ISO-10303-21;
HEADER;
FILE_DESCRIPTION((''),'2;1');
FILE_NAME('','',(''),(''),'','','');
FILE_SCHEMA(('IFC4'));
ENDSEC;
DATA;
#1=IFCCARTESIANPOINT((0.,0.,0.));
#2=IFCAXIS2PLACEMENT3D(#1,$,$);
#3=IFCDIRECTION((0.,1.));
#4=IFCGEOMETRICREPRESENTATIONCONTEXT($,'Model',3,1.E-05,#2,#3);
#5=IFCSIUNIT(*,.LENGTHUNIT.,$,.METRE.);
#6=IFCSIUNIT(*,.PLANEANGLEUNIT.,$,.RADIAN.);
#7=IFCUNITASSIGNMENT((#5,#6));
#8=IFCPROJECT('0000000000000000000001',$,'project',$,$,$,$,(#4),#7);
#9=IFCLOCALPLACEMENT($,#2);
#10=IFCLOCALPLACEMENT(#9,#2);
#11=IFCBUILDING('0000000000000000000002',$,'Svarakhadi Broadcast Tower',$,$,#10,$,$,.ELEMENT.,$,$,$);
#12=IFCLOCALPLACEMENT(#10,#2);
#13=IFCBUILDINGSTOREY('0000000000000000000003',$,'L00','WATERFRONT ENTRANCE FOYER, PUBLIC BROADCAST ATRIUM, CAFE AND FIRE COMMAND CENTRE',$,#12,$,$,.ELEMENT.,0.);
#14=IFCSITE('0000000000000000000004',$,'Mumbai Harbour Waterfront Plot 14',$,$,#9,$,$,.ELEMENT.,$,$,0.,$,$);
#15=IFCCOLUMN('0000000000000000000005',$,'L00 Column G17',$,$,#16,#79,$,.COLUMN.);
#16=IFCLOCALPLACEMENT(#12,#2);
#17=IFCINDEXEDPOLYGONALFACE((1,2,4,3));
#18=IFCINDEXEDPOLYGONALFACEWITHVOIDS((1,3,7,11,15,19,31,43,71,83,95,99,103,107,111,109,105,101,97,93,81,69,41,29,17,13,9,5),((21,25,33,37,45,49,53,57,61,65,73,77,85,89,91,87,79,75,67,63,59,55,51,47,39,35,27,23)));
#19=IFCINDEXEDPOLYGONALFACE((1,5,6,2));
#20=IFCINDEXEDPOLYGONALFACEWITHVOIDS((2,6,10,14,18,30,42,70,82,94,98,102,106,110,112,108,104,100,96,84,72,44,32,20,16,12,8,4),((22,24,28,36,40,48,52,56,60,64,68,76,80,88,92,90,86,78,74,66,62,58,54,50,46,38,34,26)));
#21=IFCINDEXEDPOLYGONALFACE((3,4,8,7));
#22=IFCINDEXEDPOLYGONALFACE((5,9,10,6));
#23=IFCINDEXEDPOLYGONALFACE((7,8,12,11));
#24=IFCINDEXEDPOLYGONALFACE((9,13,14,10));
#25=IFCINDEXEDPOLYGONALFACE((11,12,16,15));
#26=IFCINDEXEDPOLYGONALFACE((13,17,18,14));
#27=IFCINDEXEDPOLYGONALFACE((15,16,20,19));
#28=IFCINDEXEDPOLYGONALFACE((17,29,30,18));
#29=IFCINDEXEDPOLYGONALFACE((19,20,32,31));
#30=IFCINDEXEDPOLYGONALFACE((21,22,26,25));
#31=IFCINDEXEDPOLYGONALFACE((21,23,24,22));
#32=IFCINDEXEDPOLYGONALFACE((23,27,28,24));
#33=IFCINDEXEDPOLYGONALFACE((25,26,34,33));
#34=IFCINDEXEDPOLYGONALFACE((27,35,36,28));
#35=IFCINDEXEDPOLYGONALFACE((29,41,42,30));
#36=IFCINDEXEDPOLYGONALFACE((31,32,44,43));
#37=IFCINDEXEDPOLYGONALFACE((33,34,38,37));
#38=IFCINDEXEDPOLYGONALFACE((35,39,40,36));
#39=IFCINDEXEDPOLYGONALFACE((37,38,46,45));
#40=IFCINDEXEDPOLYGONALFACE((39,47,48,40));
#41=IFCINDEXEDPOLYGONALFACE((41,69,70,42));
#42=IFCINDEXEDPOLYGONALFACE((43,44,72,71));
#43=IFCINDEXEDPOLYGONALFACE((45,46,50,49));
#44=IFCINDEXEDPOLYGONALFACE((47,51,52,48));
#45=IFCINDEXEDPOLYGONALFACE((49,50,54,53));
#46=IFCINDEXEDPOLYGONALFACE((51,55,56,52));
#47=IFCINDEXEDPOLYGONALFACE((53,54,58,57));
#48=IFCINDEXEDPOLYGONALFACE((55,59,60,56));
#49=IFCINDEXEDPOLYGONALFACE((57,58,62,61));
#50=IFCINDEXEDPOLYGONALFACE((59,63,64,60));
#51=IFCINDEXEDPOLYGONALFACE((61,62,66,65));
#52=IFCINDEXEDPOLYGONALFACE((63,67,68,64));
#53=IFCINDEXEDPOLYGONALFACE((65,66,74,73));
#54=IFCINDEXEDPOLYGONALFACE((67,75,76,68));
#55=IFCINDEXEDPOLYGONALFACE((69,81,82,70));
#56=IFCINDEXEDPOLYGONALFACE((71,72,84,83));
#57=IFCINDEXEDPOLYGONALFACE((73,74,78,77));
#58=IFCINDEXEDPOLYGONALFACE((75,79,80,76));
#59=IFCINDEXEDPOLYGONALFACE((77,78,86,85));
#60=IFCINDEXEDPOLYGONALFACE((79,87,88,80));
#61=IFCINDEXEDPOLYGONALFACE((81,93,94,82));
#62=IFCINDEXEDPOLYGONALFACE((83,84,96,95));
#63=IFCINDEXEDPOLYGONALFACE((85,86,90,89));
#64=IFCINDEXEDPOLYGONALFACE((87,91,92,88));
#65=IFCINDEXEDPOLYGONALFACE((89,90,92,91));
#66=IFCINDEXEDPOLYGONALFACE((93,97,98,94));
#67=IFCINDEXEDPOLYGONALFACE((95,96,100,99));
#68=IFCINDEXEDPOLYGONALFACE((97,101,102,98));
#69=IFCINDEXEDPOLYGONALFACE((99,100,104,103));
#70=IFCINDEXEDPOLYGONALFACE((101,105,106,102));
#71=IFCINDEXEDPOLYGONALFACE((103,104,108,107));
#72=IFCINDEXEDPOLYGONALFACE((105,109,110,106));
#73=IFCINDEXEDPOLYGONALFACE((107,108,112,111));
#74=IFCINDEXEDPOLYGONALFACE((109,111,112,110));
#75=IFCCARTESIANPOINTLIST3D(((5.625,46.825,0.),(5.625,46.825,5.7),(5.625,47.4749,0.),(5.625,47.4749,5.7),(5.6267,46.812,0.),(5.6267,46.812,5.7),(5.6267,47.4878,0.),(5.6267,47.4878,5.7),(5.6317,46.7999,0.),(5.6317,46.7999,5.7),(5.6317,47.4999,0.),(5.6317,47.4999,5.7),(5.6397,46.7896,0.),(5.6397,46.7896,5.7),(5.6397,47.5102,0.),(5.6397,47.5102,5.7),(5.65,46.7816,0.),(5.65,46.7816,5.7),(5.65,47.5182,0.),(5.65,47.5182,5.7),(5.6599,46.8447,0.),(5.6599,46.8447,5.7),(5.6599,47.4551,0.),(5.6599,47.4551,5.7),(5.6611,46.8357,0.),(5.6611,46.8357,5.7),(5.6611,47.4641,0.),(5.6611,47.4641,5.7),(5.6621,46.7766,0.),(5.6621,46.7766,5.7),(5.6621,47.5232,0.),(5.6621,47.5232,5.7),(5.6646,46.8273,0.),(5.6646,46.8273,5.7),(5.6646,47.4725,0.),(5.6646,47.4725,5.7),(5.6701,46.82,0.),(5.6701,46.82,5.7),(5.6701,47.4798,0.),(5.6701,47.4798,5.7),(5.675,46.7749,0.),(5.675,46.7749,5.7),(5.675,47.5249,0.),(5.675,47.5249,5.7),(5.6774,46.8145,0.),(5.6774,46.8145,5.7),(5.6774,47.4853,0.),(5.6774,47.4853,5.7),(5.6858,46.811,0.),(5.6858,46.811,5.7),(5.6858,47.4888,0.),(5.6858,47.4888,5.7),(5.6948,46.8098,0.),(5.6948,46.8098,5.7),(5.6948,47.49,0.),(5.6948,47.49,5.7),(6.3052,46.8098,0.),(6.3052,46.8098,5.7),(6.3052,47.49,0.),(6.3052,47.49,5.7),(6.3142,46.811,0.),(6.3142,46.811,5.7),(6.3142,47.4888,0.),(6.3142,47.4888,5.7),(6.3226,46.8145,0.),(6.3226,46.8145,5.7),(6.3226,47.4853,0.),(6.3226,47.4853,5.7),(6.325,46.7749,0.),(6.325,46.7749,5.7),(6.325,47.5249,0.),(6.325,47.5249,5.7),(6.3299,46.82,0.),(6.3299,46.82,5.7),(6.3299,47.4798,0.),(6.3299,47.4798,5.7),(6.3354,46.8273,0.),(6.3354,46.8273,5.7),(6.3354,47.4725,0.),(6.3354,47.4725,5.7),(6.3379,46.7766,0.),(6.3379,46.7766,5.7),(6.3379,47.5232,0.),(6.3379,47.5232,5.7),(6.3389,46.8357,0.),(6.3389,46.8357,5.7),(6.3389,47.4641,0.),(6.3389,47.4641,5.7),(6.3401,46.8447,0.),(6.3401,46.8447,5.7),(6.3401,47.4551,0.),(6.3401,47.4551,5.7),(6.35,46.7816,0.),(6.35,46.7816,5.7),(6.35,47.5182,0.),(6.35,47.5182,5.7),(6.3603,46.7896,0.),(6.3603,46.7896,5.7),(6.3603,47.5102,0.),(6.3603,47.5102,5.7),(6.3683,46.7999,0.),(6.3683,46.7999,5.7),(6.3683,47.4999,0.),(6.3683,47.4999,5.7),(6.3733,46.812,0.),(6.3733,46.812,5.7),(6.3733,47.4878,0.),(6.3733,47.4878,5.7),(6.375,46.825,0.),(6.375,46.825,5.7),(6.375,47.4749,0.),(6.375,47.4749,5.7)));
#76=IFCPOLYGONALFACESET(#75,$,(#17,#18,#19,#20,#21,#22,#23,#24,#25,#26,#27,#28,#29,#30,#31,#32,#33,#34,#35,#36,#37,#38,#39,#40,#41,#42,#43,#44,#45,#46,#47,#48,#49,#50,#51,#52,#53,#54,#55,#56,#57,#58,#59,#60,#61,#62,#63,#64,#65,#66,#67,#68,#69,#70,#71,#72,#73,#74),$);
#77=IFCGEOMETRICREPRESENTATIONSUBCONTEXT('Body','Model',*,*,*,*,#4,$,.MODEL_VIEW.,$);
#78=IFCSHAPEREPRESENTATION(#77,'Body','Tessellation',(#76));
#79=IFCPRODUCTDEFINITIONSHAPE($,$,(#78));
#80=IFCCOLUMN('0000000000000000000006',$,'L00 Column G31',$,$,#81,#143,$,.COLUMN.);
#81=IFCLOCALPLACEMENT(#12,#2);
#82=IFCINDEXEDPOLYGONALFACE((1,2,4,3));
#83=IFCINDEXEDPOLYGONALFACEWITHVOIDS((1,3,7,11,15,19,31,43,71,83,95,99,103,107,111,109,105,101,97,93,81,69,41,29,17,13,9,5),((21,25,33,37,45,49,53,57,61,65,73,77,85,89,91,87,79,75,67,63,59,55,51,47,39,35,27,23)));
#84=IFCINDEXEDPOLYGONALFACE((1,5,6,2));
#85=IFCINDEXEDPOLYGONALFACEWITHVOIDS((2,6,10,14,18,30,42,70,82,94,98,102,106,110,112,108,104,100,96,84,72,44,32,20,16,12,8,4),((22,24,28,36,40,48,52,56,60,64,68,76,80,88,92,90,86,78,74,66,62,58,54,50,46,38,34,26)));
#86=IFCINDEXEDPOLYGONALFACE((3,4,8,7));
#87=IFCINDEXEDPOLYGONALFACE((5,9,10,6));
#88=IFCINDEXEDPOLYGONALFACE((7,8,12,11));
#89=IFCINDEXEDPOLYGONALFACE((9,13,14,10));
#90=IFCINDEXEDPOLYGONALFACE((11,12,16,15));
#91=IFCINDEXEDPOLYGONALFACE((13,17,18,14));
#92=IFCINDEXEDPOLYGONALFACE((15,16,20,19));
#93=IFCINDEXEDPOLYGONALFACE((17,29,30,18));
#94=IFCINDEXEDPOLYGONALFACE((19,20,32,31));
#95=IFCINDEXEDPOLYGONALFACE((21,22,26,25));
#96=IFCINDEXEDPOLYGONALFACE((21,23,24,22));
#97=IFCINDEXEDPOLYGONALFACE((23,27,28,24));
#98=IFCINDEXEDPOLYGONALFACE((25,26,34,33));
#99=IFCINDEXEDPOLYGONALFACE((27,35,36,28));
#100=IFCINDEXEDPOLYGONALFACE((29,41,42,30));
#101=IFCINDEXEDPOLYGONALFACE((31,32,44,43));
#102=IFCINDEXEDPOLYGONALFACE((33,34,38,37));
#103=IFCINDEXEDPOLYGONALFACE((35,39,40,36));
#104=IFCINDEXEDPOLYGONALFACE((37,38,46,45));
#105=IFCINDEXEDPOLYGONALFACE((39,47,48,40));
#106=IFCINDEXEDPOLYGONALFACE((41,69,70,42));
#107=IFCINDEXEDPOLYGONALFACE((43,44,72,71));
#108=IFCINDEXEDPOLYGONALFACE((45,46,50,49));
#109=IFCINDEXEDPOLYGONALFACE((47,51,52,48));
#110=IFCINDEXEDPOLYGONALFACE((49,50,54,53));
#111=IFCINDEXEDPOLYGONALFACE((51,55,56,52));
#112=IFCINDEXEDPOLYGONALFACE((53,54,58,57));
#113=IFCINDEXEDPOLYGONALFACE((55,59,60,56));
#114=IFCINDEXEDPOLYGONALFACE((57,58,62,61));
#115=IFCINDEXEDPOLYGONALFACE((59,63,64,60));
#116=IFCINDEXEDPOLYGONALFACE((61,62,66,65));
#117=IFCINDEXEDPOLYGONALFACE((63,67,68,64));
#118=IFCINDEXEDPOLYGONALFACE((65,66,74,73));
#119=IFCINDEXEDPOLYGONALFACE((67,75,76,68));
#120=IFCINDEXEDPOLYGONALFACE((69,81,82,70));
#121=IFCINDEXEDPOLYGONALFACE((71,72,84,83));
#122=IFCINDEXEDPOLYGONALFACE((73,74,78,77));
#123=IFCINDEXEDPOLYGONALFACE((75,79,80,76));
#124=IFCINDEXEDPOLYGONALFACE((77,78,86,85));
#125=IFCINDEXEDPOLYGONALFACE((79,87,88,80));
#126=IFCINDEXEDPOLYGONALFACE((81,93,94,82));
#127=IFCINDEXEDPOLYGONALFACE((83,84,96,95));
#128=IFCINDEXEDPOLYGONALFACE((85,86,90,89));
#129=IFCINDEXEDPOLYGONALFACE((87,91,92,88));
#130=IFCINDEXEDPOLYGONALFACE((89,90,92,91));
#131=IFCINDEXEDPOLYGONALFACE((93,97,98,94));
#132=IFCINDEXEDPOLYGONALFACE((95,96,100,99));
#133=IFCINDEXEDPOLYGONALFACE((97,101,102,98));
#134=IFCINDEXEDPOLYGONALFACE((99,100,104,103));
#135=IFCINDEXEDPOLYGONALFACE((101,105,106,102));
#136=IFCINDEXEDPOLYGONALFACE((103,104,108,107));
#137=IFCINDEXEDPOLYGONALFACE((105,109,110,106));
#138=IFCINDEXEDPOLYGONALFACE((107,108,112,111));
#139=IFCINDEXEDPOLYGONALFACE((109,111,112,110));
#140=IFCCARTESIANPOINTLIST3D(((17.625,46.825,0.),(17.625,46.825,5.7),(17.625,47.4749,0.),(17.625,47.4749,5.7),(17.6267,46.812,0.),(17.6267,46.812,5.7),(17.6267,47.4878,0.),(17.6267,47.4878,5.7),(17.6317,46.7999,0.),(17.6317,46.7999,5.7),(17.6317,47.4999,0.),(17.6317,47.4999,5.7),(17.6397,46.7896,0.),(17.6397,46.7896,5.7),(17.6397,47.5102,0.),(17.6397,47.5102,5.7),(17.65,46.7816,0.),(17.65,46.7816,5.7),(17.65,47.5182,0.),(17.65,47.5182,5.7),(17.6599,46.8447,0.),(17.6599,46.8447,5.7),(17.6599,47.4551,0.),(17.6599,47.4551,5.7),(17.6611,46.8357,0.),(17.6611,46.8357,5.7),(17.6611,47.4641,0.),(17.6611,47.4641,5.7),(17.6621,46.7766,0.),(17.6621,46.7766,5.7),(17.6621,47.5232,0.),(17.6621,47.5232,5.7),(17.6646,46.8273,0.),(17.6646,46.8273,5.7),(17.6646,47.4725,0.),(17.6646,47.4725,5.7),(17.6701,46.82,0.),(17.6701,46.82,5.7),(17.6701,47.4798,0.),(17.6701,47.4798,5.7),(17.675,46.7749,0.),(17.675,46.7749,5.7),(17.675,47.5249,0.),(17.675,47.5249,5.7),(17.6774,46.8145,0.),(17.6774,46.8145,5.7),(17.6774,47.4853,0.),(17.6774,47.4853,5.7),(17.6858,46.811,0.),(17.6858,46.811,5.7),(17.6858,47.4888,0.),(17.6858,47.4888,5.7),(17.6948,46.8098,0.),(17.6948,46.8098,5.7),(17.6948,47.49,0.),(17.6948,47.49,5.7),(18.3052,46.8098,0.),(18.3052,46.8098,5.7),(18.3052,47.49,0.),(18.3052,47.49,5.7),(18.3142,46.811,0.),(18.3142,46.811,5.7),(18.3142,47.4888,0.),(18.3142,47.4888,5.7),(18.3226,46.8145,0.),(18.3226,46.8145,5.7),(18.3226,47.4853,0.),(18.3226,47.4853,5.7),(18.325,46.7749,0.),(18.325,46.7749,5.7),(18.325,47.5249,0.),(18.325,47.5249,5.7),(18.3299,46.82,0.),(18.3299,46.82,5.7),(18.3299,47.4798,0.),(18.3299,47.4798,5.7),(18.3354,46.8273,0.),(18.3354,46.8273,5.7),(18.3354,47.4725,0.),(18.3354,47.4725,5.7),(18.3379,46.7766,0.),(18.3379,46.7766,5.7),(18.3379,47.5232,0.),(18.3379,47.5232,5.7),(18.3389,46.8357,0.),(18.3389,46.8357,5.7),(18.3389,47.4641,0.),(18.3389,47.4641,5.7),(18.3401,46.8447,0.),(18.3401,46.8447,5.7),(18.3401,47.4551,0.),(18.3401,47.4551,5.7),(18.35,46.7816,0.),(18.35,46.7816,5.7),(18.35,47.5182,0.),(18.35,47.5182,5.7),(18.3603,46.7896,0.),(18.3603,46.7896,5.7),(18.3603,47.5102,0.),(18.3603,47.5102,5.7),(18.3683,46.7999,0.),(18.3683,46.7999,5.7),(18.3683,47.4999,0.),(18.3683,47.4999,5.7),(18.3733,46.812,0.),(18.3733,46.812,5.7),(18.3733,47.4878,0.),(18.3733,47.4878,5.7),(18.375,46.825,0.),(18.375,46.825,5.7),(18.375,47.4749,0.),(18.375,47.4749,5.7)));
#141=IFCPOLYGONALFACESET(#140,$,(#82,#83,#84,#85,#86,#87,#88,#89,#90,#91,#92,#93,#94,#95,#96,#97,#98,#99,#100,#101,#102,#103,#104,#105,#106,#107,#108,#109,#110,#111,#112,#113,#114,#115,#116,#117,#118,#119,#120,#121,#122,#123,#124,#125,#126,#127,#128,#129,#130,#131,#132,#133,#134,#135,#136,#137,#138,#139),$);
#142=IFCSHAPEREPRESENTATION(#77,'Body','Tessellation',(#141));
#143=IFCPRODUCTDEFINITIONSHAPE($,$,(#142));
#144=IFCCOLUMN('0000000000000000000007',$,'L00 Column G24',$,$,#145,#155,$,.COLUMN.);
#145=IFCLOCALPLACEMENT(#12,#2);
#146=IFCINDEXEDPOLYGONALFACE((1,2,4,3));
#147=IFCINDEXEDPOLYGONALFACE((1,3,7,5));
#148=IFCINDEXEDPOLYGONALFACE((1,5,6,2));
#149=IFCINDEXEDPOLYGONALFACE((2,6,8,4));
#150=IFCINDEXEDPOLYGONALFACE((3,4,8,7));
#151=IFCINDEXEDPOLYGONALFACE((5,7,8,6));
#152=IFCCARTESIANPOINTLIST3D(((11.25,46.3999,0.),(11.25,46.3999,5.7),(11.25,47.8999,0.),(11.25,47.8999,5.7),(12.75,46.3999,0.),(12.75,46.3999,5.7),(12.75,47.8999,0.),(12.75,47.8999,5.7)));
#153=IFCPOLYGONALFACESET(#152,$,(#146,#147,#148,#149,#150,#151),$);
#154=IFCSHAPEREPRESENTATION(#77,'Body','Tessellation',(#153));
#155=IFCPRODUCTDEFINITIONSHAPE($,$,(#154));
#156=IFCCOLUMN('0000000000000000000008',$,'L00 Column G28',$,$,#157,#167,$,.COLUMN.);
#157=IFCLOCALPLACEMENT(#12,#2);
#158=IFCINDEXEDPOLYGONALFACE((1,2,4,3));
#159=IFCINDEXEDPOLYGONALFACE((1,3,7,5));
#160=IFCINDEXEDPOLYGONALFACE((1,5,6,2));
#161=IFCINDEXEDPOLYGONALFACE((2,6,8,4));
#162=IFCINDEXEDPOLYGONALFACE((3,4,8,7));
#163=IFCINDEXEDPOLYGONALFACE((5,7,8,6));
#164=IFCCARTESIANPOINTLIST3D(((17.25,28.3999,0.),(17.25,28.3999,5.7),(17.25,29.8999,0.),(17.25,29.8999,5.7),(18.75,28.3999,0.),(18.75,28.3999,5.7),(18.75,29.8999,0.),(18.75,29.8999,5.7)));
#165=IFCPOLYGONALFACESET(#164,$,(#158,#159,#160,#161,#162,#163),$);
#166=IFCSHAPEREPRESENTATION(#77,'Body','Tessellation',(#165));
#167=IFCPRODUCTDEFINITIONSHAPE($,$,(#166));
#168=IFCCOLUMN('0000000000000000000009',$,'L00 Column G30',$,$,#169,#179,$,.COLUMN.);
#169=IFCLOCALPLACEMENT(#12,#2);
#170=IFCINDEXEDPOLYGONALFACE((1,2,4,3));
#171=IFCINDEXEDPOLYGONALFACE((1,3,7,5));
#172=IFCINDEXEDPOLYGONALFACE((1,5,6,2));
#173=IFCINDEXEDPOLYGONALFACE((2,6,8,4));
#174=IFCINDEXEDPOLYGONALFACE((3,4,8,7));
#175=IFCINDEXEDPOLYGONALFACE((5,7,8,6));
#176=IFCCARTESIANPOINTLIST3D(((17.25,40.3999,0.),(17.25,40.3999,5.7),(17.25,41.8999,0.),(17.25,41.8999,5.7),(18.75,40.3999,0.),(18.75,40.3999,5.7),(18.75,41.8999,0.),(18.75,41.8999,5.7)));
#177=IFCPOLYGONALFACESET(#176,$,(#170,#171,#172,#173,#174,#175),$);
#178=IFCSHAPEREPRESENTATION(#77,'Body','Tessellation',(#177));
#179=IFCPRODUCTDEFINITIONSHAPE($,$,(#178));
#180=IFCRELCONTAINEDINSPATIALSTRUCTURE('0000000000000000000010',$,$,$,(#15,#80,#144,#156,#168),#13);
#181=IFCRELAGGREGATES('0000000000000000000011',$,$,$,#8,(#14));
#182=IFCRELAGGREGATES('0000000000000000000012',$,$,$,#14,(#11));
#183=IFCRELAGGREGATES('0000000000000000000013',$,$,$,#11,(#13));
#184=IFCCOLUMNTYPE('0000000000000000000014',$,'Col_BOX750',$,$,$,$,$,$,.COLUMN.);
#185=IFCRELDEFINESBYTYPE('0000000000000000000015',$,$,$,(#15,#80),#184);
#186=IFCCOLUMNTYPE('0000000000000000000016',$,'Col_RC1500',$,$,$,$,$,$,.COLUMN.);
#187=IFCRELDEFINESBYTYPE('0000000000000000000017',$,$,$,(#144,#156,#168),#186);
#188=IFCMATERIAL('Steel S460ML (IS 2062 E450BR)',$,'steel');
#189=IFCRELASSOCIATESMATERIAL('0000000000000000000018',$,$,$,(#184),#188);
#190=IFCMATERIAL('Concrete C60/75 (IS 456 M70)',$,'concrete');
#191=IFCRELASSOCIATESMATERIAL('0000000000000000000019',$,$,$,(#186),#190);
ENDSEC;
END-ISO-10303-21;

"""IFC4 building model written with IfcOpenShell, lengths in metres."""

from ifc_helpers import new_model, si_unit, direction, frame, origin, origin_2d, place, context, subcontext, project, spatial, rectangle, hollow_rectangle, extrude, material, material_profile, profile_set, type_object, element, save


model = new_model("IFC4")

# Units and contexts
model_context = context("Model", 3, precision=1e-05, world=origin(), true_north=direction((0.0, 1.0)))
body_context = subcontext(model_context, "Body", "Model", "MODEL_VIEW")
ifc_project = project(units=[si_unit("LENGTHUNIT", "METRE"), si_unit("PLANEANGLEUNIT", "RADIAN")], contexts=[model_context])

# Site, building, storey
site_placement = place(None, origin())
site = spatial("IfcSite", under=ifc_project, at=site_placement, Name="Mumbai Harbour Waterfront Plot 14", CompositionType="ELEMENT", RefElevation=0.0)
building_placement = place(site_placement, origin())
building = spatial("IfcBuilding", under=site, at=building_placement, Name="Svarakhadi Broadcast Tower", CompositionType="ELEMENT")
storey_placement = place(building_placement, origin())
storey = spatial("IfcBuildingStorey", under=building, at=storey_placement, Name="L00", Description="WATERFRONT ENTRANCE FOYER, PUBLIC BROADCAST ATRIUM, CAFE AND FIRE COMMAND CENTRE", CompositionType="ELEMENT", Elevation=0.0)

# Columns
ifc_material_1 = material(Name="Steel S460ML (IS 2062 E450BR)", Category="steel")
ifc_material_profile_1 = material_profile(ifc_material_1, hollow_rectangle(XDim=0.75, YDim=0.75, WallThickness=0.0349, InnerFilletRadius=0.0349, OuterFilletRadius=0.05, at=origin_2d()), Name="BOX 750x750x35")
ifc_profile_set_1 = profile_set([ifc_material_profile_1], Name="Steel S460ML (IS 2062 E450BR)")
column_type_1 = type_object("IfcColumnType", Name="Col_BOX750", PredefinedType="COLUMN", material=ifc_profile_set_1)
for number, where, z_axis, x_axis, name in (
    (1, (6.0, 47.1499, 0.0), (0.0, 0.0, 1.0), (1.0, 0.0, 0.0), "L00 Column G17"),
    (2, (18.0, 47.1499, 0.0), (0.0, 0.0, 1.0), (1.0, 0.0, 0.0), "L00 Column G31"),
):
    element("IfcColumn", number, at=place(storey_placement, frame(where, z_axis=z_axis, x_axis=x_axis)), inside=storey, type_object=column_type_1, Name=name, PredefinedType="COLUMN", context=body_context, shape_type="SweptSolid", body=[
        extrude(hollow_rectangle(XDim=0.75, YDim=0.75, WallThickness=0.0349, InnerFilletRadius=0.0349, OuterFilletRadius=0.05, at=origin_2d()), origin(), (0.0, 0.0, 1.0), 5.7),
    ])
ifc_material_2 = material(Name="Concrete C60/75 (IS 456 M70)", Category="concrete")
ifc_material_profile_2 = material_profile(ifc_material_2, rectangle(XDim=1.5, YDim=1.5, at=origin_2d()), Name="RC 1500x1500")
ifc_profile_set_2 = profile_set([ifc_material_profile_2], Name="Concrete C60/75 (IS 456 M70)")
column_type_2 = type_object("IfcColumnType", Name="Col_RC1500", PredefinedType="COLUMN", material=ifc_profile_set_2)
for number, where, z_axis, x_axis, name in (
    (3, (12.0, 47.1499, 0.0), (0.0, 0.0, 1.0), (1.0, 0.0, 0.0), "L00 Column G24"),
    (4, (18.0, 29.1499, 0.0), (0.0, 0.0, 1.0), (1.0, 0.0, 0.0), "L00 Column G28"),
    (5, (18.0, 41.1499, 0.0), (0.0, 0.0, 1.0), (1.0, 0.0, 0.0), "L00 Column G30"),
):
    element("IfcColumn", number, at=place(storey_placement, frame(where, z_axis=z_axis, x_axis=x_axis)), inside=storey, type_object=column_type_2, Name=name, PredefinedType="COLUMN", context=body_context, shape_type="SweptSolid", body=[
        extrude(rectangle(XDim=1.5, YDim=1.5, at=origin_2d()), origin(), (0.0, 0.0, 1.0), 5.7),
    ])

save(model, "model.ifc")
